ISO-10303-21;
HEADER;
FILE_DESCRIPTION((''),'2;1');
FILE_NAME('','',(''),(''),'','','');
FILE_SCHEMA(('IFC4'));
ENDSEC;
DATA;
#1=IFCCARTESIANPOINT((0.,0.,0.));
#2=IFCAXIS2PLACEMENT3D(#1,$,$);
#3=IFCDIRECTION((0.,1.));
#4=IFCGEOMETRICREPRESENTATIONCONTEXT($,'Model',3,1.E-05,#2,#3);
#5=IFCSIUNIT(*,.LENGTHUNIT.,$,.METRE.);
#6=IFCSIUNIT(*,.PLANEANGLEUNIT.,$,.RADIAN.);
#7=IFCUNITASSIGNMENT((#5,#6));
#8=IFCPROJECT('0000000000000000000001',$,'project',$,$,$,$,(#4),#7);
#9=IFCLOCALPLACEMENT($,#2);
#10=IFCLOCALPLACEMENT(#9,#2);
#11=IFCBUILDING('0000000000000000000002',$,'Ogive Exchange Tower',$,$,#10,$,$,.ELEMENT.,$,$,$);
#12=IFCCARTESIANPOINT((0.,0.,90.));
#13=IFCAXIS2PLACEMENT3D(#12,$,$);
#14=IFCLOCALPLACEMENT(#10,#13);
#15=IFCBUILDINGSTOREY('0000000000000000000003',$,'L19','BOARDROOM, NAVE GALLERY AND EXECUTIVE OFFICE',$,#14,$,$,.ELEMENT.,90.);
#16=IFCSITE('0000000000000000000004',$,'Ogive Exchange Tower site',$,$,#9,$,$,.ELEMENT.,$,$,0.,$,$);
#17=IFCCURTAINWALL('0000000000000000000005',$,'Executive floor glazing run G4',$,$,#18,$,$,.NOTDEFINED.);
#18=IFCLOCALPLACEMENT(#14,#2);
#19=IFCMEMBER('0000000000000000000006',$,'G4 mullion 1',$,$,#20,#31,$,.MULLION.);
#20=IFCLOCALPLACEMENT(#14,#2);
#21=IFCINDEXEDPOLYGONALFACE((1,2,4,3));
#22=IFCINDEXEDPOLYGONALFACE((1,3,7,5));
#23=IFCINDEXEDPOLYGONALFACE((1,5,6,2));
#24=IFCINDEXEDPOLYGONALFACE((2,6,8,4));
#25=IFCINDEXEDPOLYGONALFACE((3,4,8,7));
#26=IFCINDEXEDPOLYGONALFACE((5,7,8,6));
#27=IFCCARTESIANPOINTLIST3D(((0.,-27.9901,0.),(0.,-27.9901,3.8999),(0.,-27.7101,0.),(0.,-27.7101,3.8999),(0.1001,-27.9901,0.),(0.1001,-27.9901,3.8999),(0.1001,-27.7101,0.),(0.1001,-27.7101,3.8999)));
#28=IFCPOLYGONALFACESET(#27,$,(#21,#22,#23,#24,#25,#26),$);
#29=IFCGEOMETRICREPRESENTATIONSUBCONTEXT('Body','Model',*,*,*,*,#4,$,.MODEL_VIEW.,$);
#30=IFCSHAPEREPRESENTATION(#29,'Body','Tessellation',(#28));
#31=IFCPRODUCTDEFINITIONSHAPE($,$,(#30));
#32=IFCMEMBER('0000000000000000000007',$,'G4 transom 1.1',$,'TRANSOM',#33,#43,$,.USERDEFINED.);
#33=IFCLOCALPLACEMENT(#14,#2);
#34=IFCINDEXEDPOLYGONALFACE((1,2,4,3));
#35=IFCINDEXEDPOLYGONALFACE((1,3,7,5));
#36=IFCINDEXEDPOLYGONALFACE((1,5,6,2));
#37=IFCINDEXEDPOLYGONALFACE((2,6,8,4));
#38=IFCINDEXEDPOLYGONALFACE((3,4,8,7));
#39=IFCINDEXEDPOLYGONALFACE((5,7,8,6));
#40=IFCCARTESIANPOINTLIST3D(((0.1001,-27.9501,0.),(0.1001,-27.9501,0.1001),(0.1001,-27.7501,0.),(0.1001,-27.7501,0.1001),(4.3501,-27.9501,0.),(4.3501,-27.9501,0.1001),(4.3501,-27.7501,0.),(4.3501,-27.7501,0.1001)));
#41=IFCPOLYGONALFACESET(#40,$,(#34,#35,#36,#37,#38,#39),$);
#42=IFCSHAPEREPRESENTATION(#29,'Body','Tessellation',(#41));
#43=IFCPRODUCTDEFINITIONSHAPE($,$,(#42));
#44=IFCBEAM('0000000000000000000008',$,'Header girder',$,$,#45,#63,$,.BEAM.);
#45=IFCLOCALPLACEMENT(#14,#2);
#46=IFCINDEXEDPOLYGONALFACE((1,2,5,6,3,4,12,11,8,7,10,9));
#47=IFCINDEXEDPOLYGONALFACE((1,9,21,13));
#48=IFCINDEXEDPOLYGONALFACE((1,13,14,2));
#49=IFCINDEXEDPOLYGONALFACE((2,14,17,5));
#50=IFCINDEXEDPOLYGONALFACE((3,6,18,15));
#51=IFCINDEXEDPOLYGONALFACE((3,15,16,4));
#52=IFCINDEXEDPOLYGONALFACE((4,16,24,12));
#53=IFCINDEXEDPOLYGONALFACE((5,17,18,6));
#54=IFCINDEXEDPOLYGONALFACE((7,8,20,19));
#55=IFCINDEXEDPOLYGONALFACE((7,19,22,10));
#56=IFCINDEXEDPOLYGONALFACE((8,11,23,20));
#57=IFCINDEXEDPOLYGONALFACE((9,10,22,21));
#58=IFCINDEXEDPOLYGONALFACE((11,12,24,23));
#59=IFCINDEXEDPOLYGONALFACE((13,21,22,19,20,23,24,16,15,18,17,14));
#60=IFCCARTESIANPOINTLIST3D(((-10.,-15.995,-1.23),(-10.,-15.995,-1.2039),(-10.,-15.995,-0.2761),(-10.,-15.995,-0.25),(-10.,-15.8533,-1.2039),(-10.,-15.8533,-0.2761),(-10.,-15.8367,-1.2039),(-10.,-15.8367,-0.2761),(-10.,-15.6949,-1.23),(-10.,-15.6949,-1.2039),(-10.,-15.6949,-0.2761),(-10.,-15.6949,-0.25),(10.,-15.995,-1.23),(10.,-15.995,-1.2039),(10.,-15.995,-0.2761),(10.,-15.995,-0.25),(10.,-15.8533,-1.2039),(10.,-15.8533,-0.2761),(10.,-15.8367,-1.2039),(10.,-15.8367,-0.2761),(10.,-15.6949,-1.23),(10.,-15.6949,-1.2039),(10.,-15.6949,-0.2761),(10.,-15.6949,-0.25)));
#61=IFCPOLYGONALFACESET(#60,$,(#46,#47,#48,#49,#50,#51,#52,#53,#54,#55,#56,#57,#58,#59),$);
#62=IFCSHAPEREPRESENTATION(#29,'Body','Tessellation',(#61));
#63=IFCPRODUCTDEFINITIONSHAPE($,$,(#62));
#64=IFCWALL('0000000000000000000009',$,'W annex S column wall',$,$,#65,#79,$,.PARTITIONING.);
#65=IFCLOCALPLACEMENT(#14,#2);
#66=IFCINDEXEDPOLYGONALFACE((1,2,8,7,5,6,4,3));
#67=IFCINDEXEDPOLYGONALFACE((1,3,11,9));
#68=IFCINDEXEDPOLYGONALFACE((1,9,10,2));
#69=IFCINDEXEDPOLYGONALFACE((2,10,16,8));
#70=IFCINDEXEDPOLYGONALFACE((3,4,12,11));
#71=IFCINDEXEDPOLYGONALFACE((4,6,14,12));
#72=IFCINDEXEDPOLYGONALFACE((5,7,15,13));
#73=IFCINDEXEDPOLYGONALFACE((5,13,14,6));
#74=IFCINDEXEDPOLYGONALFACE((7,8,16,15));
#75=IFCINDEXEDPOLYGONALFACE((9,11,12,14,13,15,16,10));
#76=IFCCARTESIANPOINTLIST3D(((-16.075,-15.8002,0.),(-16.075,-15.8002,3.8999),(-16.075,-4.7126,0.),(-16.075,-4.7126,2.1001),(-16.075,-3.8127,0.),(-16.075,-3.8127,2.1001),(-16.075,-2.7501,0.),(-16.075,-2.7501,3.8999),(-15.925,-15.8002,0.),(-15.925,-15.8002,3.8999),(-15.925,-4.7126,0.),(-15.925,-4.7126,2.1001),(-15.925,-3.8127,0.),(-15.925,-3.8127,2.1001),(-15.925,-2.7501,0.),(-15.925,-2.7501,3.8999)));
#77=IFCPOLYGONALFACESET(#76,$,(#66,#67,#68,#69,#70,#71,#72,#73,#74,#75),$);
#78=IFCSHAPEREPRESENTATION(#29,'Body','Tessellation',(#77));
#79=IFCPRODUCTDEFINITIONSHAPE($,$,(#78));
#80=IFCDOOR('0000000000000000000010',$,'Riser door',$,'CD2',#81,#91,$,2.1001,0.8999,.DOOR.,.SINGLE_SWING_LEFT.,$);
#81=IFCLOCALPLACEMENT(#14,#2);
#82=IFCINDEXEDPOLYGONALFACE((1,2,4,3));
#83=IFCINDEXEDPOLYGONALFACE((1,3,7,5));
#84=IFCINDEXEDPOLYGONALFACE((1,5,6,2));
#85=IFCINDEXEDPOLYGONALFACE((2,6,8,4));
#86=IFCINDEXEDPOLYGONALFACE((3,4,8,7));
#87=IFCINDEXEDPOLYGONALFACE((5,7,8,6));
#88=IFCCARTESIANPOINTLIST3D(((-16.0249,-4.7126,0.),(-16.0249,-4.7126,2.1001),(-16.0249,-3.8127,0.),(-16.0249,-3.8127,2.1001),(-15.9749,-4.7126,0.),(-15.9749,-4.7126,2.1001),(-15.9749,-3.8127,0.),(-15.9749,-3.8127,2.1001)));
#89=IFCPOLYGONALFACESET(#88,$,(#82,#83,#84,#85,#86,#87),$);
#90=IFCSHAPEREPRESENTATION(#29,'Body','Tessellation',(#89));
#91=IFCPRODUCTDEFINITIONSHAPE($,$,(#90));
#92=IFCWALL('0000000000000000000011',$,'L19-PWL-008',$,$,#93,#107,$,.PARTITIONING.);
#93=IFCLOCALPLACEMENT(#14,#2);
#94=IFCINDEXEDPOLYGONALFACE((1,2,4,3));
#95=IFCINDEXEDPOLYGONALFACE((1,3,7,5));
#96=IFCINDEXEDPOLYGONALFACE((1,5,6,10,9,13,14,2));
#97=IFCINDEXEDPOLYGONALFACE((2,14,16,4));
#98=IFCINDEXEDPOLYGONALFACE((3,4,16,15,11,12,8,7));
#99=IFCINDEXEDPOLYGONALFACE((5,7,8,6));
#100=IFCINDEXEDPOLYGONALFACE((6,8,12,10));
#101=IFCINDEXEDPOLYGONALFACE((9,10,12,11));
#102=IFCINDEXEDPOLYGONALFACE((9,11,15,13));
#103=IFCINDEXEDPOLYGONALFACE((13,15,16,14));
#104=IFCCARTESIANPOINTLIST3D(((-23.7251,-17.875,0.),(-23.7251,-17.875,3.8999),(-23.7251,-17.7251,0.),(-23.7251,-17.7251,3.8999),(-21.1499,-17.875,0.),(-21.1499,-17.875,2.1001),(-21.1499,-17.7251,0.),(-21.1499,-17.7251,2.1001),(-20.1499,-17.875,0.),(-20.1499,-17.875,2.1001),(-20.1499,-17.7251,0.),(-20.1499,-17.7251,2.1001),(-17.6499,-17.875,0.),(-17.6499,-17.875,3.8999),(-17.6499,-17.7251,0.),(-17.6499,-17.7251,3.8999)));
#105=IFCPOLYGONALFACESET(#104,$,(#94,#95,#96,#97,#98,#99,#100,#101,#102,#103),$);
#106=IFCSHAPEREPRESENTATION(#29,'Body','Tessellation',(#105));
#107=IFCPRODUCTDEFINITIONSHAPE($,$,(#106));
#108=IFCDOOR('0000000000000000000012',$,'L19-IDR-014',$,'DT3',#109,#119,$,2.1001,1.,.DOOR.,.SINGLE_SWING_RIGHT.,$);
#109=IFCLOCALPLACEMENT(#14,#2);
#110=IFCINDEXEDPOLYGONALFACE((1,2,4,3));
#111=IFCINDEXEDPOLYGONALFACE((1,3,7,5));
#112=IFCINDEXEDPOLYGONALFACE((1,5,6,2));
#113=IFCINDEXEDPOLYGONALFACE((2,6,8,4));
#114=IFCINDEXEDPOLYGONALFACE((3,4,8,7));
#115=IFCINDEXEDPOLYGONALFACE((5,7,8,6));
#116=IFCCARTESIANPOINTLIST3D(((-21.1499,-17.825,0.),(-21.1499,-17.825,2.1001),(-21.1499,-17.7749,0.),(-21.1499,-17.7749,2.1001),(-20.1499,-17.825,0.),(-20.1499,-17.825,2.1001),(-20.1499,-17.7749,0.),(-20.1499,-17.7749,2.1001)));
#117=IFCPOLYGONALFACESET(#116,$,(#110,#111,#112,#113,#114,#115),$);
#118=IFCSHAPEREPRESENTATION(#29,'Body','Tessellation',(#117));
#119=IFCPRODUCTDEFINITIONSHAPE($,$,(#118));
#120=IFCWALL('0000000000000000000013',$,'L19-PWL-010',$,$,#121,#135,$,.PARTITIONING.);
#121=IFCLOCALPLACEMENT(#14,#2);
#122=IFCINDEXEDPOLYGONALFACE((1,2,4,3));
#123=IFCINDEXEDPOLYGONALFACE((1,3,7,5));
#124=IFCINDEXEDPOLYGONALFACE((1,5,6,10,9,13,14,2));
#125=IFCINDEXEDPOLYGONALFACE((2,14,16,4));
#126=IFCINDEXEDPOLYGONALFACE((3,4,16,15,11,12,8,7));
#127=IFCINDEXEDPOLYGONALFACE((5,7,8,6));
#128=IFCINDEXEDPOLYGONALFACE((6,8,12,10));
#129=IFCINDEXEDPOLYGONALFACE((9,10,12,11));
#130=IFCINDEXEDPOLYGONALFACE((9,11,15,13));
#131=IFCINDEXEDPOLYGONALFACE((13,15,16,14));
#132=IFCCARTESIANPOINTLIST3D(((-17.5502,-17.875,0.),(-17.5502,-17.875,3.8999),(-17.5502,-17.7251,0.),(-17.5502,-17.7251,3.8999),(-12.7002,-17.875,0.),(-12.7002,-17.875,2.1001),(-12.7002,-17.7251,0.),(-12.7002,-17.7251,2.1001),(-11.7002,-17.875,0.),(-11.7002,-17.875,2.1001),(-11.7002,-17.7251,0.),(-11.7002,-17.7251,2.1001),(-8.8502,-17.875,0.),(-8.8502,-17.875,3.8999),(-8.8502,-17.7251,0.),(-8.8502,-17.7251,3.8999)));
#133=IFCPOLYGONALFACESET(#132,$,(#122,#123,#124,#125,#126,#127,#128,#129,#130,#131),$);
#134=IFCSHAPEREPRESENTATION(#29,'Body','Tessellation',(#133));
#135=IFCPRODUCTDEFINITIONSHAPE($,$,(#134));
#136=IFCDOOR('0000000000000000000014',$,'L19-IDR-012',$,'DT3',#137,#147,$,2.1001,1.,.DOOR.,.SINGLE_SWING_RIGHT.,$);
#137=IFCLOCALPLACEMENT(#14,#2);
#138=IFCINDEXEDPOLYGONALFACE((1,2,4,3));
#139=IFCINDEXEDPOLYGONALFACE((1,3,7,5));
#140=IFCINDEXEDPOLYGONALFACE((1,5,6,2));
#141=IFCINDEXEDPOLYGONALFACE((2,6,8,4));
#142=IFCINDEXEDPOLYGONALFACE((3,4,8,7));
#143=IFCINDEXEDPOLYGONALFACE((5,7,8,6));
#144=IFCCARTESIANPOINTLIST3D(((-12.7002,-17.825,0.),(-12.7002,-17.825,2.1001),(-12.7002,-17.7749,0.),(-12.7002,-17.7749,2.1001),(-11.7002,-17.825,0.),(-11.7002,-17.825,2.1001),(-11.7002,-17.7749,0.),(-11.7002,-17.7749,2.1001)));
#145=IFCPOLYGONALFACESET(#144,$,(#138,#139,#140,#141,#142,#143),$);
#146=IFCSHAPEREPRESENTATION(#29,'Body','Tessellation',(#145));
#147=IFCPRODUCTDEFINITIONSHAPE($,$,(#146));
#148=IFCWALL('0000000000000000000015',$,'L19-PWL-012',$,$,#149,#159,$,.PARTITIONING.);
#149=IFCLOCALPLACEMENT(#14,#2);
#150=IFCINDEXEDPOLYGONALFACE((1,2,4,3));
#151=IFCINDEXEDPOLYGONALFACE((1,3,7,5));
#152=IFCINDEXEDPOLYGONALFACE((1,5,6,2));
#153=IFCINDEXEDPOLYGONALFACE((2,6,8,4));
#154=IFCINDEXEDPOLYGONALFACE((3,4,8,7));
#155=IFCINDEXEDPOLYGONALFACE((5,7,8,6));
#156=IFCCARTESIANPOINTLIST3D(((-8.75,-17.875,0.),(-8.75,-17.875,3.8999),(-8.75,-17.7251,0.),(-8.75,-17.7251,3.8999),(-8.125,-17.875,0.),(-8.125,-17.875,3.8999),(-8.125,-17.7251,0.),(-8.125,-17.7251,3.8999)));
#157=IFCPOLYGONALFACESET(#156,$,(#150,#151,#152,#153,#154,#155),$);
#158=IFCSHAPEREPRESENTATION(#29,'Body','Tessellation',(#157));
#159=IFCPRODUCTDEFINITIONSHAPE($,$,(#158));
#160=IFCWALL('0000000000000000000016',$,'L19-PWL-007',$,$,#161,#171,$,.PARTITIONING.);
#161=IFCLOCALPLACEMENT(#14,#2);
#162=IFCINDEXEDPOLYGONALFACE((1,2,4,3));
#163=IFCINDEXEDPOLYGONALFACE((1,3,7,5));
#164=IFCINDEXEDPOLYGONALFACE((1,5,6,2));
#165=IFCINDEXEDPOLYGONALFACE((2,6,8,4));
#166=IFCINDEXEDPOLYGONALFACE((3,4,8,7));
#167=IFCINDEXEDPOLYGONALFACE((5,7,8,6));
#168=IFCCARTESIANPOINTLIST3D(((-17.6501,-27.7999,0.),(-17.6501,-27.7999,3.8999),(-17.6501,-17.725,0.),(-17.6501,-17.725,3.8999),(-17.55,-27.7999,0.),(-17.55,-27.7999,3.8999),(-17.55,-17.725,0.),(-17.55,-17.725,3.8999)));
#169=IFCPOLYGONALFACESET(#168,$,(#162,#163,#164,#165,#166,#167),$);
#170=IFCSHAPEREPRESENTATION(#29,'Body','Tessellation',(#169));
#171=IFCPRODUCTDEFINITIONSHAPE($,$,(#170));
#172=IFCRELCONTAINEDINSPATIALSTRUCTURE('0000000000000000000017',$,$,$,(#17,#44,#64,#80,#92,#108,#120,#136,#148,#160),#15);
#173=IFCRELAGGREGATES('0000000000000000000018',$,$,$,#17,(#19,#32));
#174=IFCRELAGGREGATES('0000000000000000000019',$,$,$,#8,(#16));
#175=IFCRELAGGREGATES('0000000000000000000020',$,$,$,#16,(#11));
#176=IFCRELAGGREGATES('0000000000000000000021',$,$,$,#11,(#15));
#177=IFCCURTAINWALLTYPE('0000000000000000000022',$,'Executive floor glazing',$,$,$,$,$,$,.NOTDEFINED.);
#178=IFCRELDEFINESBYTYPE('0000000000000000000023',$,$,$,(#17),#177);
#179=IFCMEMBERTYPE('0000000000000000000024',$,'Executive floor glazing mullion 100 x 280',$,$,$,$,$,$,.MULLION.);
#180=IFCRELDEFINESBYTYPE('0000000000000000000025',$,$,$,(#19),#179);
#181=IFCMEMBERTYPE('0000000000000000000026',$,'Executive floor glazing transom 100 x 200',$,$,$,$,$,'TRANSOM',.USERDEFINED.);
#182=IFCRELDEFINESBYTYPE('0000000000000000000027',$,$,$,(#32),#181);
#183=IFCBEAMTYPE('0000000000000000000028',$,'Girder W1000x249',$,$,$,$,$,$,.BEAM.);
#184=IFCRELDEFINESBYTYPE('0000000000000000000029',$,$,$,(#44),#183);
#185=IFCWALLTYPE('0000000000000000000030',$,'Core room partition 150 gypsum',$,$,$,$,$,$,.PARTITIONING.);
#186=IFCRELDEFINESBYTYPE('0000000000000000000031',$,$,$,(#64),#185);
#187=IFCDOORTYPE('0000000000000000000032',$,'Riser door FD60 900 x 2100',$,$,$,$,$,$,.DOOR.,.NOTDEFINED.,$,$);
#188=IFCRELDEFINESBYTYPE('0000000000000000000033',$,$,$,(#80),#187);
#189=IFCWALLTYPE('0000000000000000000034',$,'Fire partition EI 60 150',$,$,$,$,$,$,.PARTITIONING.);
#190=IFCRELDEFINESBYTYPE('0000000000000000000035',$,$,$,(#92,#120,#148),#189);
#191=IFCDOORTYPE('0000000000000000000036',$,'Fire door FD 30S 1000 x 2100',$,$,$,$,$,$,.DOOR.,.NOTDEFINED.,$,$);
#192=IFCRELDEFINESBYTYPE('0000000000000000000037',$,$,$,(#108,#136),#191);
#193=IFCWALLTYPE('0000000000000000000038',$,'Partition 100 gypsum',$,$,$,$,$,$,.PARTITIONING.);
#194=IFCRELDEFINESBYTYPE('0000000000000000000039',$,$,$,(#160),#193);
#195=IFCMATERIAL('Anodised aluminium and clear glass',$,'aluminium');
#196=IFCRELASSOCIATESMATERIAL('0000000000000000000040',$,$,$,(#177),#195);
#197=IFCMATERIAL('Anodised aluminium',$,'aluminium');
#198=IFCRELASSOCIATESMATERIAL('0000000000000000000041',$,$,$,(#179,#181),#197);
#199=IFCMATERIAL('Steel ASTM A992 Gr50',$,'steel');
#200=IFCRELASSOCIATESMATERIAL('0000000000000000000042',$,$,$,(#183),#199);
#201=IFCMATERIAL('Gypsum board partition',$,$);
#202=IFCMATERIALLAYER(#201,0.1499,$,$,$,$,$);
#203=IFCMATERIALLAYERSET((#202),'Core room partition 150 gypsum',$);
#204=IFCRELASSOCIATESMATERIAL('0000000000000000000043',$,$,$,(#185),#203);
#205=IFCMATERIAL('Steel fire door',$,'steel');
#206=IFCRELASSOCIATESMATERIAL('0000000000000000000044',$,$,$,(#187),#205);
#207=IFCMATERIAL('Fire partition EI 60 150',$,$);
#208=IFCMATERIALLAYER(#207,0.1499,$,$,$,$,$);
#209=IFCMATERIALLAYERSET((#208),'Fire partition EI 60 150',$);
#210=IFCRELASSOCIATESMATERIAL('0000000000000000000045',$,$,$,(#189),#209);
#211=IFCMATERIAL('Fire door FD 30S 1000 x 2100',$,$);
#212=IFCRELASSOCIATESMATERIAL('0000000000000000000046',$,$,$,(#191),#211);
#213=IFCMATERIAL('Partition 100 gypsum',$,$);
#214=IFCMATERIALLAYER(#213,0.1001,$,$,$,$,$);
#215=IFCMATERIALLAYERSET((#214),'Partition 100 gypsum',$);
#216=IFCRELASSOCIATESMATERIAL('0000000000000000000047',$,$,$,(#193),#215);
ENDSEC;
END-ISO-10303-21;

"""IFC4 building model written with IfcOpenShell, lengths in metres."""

from ifc_helpers import new_model, si_unit, direction, frame, frame_2d, origin, origin_2d, place, context, subcontext, project, spatial, rectangle, i_section, extrude, material, layer, layer_set, material_profile, profile_set, type_object, element, fill, aggregate, save


model = new_model("IFC4")

# Units and contexts
model_context = context("Model", 3, precision=1e-05, world=origin(), true_north=direction((0.0, 1.0)))
body_context = subcontext(model_context, "Body", "Model", "MODEL_VIEW")
ifc_project = project(units=[si_unit("LENGTHUNIT", "METRE"), si_unit("PLANEANGLEUNIT", "RADIAN")], contexts=[model_context])

# Site, building, storey
site_placement = place(None, origin())
site = spatial("IfcSite", under=ifc_project, at=site_placement, Name="Ogive Exchange Tower site", CompositionType="ELEMENT", RefElevation=0.0)
building_placement = place(site_placement, origin())
building = spatial("IfcBuilding", under=site, at=building_placement, Name="Ogive Exchange Tower", CompositionType="ELEMENT")
storey_placement = place(building_placement, frame((0.0, 0.0, 90.0)))
storey = spatial("IfcBuildingStorey", under=building, at=storey_placement, Name="L19", Description="BOARDROOM, NAVE GALLERY AND EXECUTIVE OFFICE", CompositionType="ELEMENT", Elevation=90.0)

# Curtain wall, members
ifc_material_1 = material(Name="Anodised aluminium and clear glass", Category="aluminium")
curtain_wall_type = type_object("IfcCurtainWallType", Name="Executive floor glazing", PredefinedType="NOTDEFINED", material=ifc_material_1)
curtain_wall_placement = place(storey_placement, origin())
curtain_wall = element("IfcCurtainWall", 1, at=curtain_wall_placement, inside=storey, type_object=curtain_wall_type, Name="Executive floor glazing run G4", PredefinedType="NOTDEFINED")
ifc_material_2 = material(Name="Anodised aluminium", Category="aluminium")
ifc_material_profile_1 = material_profile(ifc_material_2, rectangle(XDim=0.28, YDim=0.1001, at=origin_2d()), Name="AL 100x280")
ifc_profile_set_1 = profile_set([ifc_material_profile_1], Name="Anodised aluminium")
member_type_1 = type_object("IfcMemberType", Name="Executive floor glazing mullion 100 x 280", PredefinedType="MULLION", material=ifc_profile_set_1)
member_1_placement = place(storey_placement, frame((0.05, -27.8501, 0.0), z_axis=(0.0, 0.0, 1.0), x_axis=(0.0, 1.0, 0.0)))
member_1 = element("IfcMember", 2, at=member_1_placement, type_object=member_type_1, Name="G4 mullion 1", PredefinedType="MULLION", context=body_context, shape_type="SweptSolid", body=[
    extrude(rectangle(XDim=0.28, YDim=0.1001, at=origin_2d()), origin(), (0.0, 0.0, 1.0), 3.8999),
])
ifc_material_profile_2 = material_profile(ifc_material_2, rectangle(XDim=0.2, YDim=0.1001, at=origin_2d()), Name="AL 100x200")
ifc_profile_set_2 = profile_set([ifc_material_profile_2], Name="Anodised aluminium")
member_type_2 = type_object("IfcMemberType", Name="Executive floor glazing transom 100 x 200", ElementType="TRANSOM", PredefinedType="USERDEFINED", material=ifc_profile_set_2)
member_2_placement = place(storey_placement, frame((0.1001, -27.8501, 0.05), z_axis=(1.0, 0.0, 0.0), x_axis=(0.0, 1.0, 0.0)))
member_2 = element("IfcMember", 3, at=member_2_placement, type_object=member_type_2, Name="G4 transom 1.1", ObjectType="TRANSOM", PredefinedType="USERDEFINED", context=body_context, shape_type="SweptSolid", body=[
    extrude(rectangle(XDim=0.2, YDim=0.1001, at=origin_2d()), origin(), (0.0, 0.0, 1.0), 4.25),
])
aggregate(curtain_wall, [member_1, member_2])

# Beam
ifc_material_3 = material(Name="Steel ASTM A992 Gr50", Category="steel")
ifc_material_profile_3 = material_profile(ifc_material_3, i_section(OverallWidth=0.3, OverallDepth=0.98, WebThickness=0.0166, FlangeThickness=0.0261, at=origin_2d()), Name="W1000x249")
ifc_profile_set_3 = profile_set([ifc_material_profile_3], Name="Steel ASTM A992 Gr50")
beam_type = type_object("IfcBeamType", Name="Girder W1000x249", PredefinedType="BEAM", material=ifc_profile_set_3)
beam_placement = place(storey_placement, frame((-10.0, -15.845, -0.74), z_axis=(1.0, 0.0, 0.0), x_axis=(0.0, 1.0, 0.0)))
element("IfcBeam", 4, at=beam_placement, inside=storey, type_object=beam_type, Name="Header girder", PredefinedType="BEAM", context=body_context, shape_type="SweptSolid", body=[
    extrude(i_section(OverallWidth=0.3, OverallDepth=0.98, WebThickness=0.0166, FlangeThickness=0.0261, at=origin_2d()), origin(), (0.0, 0.0, 1.0), 20.0),
])

# Walls, openings, doors
ifc_material_4 = material(Name="Gypsum board partition")
ifc_layer_1 = layer(ifc_material_4, 0.1499)
ifc_layer_set_1 = layer_set([ifc_layer_1], Name="Core room partition 150 gypsum")
wall_type_1 = type_object("IfcWallType", Name="Core room partition 150 gypsum", PredefinedType="PARTITIONING", material=ifc_layer_set_1)
wall_1_placement = place(storey_placement, frame((-16.0, -15.8, 0.0), z_axis=(0.0, 0.0, 1.0), x_axis=(0.0, 1.0, 0.0)))
wall_1 = element("IfcWall", 5, at=wall_1_placement, inside=storey, type_object=wall_type_1, Name="W annex S column wall", PredefinedType="PARTITIONING", context=body_context, shape_type="SweptSolid", body=[
    extrude(rectangle(XDim=13.05, YDim=0.1499, at=frame_2d((6.5249, 0.0))), origin(), (0.0, 0.0, 1.0), 3.8999),
])
opening_1_placement = place(wall_1_placement, frame((11.0874, 0.0, 0.0)))
opening_1 = element("IfcOpeningElement", 6, at=opening_1_placement, cuts=wall_1, PredefinedType="OPENING", context=body_context, shape_type="SweptSolid", body=[
    extrude(rectangle(XDim=0.8999, YDim=2.1001, at=frame_2d((0.45, 1.05))), frame((0.0, 0.085, 0.0), z_axis=(0.0, -1.0, 0.0), x_axis=(1.0, 0.0, 0.0)), (0.0, 0.0, 1.0), 0.1699),
])
ifc_material_5 = material(Name="Steel fire door", Category="steel")
door_type_1 = type_object("IfcDoorType", Name="Riser door FD60 900 x 2100", OperationType="NOTDEFINED", PredefinedType="DOOR", material=ifc_material_5)
door_1_placement = place(opening_1_placement, origin())
door_1 = element("IfcDoor", 7, at=door_1_placement, inside=storey, type_object=door_type_1, Name="Riser door", ObjectType="CD2", OperationType="SINGLE_SWING_LEFT", OverallHeight=2.1001, OverallWidth=0.8999, PredefinedType="DOOR", context=body_context, shape_type="SweptSolid", body=[
    extrude(rectangle(XDim=0.8999, YDim=2.1001, at=frame_2d((0.45, 1.05))), frame((0.0, 0.0249, 0.0), z_axis=(0.0, -1.0, 0.0), x_axis=(1.0, 0.0, 0.0)), (0.0, 0.0, 1.0), 0.05),
])
fill(opening_1, door_1)
ifc_material_6 = material(Name="Fire partition EI 60 150")
ifc_layer_2 = layer(ifc_material_6, 0.1499)
ifc_layer_set_2 = layer_set([ifc_layer_2], Name="Fire partition EI 60 150")
wall_type_2 = type_object("IfcWallType", Name="Fire partition EI 60 150", PredefinedType="PARTITIONING", material=ifc_layer_set_2)
wall_2_placement = place(storey_placement, frame((-17.6499, -17.8, 0.0), z_axis=(0.0, 0.0, 1.0), x_axis=(-1.0, 0.0, 0.0)))
wall_2 = element("IfcWall", 8, at=wall_2_placement, inside=storey, type_object=wall_type_2, Name="L19-PWL-008", PredefinedType="PARTITIONING", context=body_context, shape_type="SweptSolid", body=[
    extrude(rectangle(XDim=6.0752, YDim=0.1499, at=frame_2d((3.0376, 0.0))), origin(), (0.0, 0.0, 1.0), 3.8999),
])
opening_2_placement = place(wall_2_placement, frame((2.5, 0.0, 0.0)))
opening_2 = element("IfcOpeningElement", 9, at=opening_2_placement, cuts=wall_2, PredefinedType="OPENING", context=body_context, shape_type="SweptSolid", body=[
    extrude(rectangle(XDim=1.0, YDim=2.1001, at=frame_2d((0.5, 1.05))), frame((0.0, 0.085, 0.0), z_axis=(0.0, -1.0, 0.0), x_axis=(1.0, 0.0, 0.0)), (0.0, 0.0, 1.0), 0.1699),
])
ifc_material_7 = material(Name="Fire door FD 30S 1000 x 2100")
door_type_2 = type_object("IfcDoorType", Name="Fire door FD 30S 1000 x 2100", OperationType="NOTDEFINED", PredefinedType="DOOR", material=ifc_material_7)
door_2_placement = place(opening_2_placement, origin())
door_2 = element("IfcDoor", 10, at=door_2_placement, inside=storey, type_object=door_type_2, Name="L19-IDR-014", ObjectType="DT3", OperationType="SINGLE_SWING_RIGHT", OverallHeight=2.1001, OverallWidth=1.0, PredefinedType="DOOR", context=body_context, shape_type="SweptSolid", body=[
    extrude(rectangle(XDim=1.0, YDim=2.1001, at=frame_2d((0.5, 1.05))), frame((0.0, 0.0249, 0.0), z_axis=(0.0, -1.0, 0.0), x_axis=(1.0, 0.0, 0.0)), (0.0, 0.0, 1.0), 0.05),
])
fill(opening_2, door_2)
wall_3_placement = place(storey_placement, frame((-8.8501, -17.8, 0.0), z_axis=(0.0, 0.0, 1.0), x_axis=(-1.0, 0.0, 0.0)))
wall_3 = element("IfcWall", 11, at=wall_3_placement, inside=storey, type_object=wall_type_2, Name="L19-PWL-010", PredefinedType="PARTITIONING", context=body_context, shape_type="SweptSolid", body=[
    extrude(rectangle(XDim=8.7, YDim=0.1499, at=frame_2d((4.3501, 0.0))), origin(), (0.0, 0.0, 1.0), 3.8999),
])
opening_3_placement = place(wall_3_placement, frame((2.8501, 0.0, 0.0)))
opening_3 = element("IfcOpeningElement", 12, at=opening_3_placement, cuts=wall_3, PredefinedType="OPENING", context=body_context, shape_type="SweptSolid", body=[
    extrude(rectangle(XDim=1.0, YDim=2.1001, at=frame_2d((0.5, 1.05))), frame((0.0, 0.085, 0.0), z_axis=(0.0, -1.0, 0.0), x_axis=(1.0, 0.0, 0.0)), (0.0, 0.0, 1.0), 0.1699),
])
door_3_placement = place(opening_3_placement, origin())
door_3 = element("IfcDoor", 13, at=door_3_placement, inside=storey, type_object=door_type_2, Name="L19-IDR-012", ObjectType="DT3", OperationType="SINGLE_SWING_RIGHT", OverallHeight=2.1001, OverallWidth=1.0, PredefinedType="DOOR", context=body_context, shape_type="SweptSolid", body=[
    extrude(rectangle(XDim=1.0, YDim=2.1001, at=frame_2d((0.5, 1.05))), frame((0.0, 0.0249, 0.0), z_axis=(0.0, -1.0, 0.0), x_axis=(1.0, 0.0, 0.0)), (0.0, 0.0, 1.0), 0.05),
])
fill(opening_3, door_3)

# Walls
wall_4_placement = place(storey_placement, frame((-8.125, -17.8, 0.0), z_axis=(0.0, 0.0, 1.0), x_axis=(-1.0, 0.0, 0.0)))
element("IfcWall", 14, at=wall_4_placement, inside=storey, type_object=wall_type_2, Name="L19-PWL-012", PredefinedType="PARTITIONING", context=body_context, shape_type="SweptSolid", body=[
    extrude(rectangle(XDim=0.625, YDim=0.1499, at=frame_2d((0.3125, 0.0))), origin(), (0.0, 0.0, 1.0), 3.8999),
])
ifc_material_8 = material(Name="Partition 100 gypsum")
ifc_layer_3 = layer(ifc_material_8, 0.1001)
ifc_layer_set_3 = layer_set([ifc_layer_3], Name="Partition 100 gypsum")
wall_type_3 = type_object("IfcWallType", Name="Partition 100 gypsum", PredefinedType="PARTITIONING", material=ifc_layer_set_3)
wall_5_placement = place(storey_placement, frame((-17.6001, -27.8, 0.0), z_axis=(0.0, 0.0, 1.0), x_axis=(0.0, 1.0, 0.0)))
element("IfcWall", 15, at=wall_5_placement, inside=storey, type_object=wall_type_3, Name="L19-PWL-007", PredefinedType="PARTITIONING", context=body_context, shape_type="SweptSolid", body=[
    extrude(rectangle(XDim=10.075, YDim=0.1001, at=frame_2d((5.0376, 0.0))), origin(), (0.0, 0.0, 1.0), 3.8999),
])

save(model, "model.ifc")
